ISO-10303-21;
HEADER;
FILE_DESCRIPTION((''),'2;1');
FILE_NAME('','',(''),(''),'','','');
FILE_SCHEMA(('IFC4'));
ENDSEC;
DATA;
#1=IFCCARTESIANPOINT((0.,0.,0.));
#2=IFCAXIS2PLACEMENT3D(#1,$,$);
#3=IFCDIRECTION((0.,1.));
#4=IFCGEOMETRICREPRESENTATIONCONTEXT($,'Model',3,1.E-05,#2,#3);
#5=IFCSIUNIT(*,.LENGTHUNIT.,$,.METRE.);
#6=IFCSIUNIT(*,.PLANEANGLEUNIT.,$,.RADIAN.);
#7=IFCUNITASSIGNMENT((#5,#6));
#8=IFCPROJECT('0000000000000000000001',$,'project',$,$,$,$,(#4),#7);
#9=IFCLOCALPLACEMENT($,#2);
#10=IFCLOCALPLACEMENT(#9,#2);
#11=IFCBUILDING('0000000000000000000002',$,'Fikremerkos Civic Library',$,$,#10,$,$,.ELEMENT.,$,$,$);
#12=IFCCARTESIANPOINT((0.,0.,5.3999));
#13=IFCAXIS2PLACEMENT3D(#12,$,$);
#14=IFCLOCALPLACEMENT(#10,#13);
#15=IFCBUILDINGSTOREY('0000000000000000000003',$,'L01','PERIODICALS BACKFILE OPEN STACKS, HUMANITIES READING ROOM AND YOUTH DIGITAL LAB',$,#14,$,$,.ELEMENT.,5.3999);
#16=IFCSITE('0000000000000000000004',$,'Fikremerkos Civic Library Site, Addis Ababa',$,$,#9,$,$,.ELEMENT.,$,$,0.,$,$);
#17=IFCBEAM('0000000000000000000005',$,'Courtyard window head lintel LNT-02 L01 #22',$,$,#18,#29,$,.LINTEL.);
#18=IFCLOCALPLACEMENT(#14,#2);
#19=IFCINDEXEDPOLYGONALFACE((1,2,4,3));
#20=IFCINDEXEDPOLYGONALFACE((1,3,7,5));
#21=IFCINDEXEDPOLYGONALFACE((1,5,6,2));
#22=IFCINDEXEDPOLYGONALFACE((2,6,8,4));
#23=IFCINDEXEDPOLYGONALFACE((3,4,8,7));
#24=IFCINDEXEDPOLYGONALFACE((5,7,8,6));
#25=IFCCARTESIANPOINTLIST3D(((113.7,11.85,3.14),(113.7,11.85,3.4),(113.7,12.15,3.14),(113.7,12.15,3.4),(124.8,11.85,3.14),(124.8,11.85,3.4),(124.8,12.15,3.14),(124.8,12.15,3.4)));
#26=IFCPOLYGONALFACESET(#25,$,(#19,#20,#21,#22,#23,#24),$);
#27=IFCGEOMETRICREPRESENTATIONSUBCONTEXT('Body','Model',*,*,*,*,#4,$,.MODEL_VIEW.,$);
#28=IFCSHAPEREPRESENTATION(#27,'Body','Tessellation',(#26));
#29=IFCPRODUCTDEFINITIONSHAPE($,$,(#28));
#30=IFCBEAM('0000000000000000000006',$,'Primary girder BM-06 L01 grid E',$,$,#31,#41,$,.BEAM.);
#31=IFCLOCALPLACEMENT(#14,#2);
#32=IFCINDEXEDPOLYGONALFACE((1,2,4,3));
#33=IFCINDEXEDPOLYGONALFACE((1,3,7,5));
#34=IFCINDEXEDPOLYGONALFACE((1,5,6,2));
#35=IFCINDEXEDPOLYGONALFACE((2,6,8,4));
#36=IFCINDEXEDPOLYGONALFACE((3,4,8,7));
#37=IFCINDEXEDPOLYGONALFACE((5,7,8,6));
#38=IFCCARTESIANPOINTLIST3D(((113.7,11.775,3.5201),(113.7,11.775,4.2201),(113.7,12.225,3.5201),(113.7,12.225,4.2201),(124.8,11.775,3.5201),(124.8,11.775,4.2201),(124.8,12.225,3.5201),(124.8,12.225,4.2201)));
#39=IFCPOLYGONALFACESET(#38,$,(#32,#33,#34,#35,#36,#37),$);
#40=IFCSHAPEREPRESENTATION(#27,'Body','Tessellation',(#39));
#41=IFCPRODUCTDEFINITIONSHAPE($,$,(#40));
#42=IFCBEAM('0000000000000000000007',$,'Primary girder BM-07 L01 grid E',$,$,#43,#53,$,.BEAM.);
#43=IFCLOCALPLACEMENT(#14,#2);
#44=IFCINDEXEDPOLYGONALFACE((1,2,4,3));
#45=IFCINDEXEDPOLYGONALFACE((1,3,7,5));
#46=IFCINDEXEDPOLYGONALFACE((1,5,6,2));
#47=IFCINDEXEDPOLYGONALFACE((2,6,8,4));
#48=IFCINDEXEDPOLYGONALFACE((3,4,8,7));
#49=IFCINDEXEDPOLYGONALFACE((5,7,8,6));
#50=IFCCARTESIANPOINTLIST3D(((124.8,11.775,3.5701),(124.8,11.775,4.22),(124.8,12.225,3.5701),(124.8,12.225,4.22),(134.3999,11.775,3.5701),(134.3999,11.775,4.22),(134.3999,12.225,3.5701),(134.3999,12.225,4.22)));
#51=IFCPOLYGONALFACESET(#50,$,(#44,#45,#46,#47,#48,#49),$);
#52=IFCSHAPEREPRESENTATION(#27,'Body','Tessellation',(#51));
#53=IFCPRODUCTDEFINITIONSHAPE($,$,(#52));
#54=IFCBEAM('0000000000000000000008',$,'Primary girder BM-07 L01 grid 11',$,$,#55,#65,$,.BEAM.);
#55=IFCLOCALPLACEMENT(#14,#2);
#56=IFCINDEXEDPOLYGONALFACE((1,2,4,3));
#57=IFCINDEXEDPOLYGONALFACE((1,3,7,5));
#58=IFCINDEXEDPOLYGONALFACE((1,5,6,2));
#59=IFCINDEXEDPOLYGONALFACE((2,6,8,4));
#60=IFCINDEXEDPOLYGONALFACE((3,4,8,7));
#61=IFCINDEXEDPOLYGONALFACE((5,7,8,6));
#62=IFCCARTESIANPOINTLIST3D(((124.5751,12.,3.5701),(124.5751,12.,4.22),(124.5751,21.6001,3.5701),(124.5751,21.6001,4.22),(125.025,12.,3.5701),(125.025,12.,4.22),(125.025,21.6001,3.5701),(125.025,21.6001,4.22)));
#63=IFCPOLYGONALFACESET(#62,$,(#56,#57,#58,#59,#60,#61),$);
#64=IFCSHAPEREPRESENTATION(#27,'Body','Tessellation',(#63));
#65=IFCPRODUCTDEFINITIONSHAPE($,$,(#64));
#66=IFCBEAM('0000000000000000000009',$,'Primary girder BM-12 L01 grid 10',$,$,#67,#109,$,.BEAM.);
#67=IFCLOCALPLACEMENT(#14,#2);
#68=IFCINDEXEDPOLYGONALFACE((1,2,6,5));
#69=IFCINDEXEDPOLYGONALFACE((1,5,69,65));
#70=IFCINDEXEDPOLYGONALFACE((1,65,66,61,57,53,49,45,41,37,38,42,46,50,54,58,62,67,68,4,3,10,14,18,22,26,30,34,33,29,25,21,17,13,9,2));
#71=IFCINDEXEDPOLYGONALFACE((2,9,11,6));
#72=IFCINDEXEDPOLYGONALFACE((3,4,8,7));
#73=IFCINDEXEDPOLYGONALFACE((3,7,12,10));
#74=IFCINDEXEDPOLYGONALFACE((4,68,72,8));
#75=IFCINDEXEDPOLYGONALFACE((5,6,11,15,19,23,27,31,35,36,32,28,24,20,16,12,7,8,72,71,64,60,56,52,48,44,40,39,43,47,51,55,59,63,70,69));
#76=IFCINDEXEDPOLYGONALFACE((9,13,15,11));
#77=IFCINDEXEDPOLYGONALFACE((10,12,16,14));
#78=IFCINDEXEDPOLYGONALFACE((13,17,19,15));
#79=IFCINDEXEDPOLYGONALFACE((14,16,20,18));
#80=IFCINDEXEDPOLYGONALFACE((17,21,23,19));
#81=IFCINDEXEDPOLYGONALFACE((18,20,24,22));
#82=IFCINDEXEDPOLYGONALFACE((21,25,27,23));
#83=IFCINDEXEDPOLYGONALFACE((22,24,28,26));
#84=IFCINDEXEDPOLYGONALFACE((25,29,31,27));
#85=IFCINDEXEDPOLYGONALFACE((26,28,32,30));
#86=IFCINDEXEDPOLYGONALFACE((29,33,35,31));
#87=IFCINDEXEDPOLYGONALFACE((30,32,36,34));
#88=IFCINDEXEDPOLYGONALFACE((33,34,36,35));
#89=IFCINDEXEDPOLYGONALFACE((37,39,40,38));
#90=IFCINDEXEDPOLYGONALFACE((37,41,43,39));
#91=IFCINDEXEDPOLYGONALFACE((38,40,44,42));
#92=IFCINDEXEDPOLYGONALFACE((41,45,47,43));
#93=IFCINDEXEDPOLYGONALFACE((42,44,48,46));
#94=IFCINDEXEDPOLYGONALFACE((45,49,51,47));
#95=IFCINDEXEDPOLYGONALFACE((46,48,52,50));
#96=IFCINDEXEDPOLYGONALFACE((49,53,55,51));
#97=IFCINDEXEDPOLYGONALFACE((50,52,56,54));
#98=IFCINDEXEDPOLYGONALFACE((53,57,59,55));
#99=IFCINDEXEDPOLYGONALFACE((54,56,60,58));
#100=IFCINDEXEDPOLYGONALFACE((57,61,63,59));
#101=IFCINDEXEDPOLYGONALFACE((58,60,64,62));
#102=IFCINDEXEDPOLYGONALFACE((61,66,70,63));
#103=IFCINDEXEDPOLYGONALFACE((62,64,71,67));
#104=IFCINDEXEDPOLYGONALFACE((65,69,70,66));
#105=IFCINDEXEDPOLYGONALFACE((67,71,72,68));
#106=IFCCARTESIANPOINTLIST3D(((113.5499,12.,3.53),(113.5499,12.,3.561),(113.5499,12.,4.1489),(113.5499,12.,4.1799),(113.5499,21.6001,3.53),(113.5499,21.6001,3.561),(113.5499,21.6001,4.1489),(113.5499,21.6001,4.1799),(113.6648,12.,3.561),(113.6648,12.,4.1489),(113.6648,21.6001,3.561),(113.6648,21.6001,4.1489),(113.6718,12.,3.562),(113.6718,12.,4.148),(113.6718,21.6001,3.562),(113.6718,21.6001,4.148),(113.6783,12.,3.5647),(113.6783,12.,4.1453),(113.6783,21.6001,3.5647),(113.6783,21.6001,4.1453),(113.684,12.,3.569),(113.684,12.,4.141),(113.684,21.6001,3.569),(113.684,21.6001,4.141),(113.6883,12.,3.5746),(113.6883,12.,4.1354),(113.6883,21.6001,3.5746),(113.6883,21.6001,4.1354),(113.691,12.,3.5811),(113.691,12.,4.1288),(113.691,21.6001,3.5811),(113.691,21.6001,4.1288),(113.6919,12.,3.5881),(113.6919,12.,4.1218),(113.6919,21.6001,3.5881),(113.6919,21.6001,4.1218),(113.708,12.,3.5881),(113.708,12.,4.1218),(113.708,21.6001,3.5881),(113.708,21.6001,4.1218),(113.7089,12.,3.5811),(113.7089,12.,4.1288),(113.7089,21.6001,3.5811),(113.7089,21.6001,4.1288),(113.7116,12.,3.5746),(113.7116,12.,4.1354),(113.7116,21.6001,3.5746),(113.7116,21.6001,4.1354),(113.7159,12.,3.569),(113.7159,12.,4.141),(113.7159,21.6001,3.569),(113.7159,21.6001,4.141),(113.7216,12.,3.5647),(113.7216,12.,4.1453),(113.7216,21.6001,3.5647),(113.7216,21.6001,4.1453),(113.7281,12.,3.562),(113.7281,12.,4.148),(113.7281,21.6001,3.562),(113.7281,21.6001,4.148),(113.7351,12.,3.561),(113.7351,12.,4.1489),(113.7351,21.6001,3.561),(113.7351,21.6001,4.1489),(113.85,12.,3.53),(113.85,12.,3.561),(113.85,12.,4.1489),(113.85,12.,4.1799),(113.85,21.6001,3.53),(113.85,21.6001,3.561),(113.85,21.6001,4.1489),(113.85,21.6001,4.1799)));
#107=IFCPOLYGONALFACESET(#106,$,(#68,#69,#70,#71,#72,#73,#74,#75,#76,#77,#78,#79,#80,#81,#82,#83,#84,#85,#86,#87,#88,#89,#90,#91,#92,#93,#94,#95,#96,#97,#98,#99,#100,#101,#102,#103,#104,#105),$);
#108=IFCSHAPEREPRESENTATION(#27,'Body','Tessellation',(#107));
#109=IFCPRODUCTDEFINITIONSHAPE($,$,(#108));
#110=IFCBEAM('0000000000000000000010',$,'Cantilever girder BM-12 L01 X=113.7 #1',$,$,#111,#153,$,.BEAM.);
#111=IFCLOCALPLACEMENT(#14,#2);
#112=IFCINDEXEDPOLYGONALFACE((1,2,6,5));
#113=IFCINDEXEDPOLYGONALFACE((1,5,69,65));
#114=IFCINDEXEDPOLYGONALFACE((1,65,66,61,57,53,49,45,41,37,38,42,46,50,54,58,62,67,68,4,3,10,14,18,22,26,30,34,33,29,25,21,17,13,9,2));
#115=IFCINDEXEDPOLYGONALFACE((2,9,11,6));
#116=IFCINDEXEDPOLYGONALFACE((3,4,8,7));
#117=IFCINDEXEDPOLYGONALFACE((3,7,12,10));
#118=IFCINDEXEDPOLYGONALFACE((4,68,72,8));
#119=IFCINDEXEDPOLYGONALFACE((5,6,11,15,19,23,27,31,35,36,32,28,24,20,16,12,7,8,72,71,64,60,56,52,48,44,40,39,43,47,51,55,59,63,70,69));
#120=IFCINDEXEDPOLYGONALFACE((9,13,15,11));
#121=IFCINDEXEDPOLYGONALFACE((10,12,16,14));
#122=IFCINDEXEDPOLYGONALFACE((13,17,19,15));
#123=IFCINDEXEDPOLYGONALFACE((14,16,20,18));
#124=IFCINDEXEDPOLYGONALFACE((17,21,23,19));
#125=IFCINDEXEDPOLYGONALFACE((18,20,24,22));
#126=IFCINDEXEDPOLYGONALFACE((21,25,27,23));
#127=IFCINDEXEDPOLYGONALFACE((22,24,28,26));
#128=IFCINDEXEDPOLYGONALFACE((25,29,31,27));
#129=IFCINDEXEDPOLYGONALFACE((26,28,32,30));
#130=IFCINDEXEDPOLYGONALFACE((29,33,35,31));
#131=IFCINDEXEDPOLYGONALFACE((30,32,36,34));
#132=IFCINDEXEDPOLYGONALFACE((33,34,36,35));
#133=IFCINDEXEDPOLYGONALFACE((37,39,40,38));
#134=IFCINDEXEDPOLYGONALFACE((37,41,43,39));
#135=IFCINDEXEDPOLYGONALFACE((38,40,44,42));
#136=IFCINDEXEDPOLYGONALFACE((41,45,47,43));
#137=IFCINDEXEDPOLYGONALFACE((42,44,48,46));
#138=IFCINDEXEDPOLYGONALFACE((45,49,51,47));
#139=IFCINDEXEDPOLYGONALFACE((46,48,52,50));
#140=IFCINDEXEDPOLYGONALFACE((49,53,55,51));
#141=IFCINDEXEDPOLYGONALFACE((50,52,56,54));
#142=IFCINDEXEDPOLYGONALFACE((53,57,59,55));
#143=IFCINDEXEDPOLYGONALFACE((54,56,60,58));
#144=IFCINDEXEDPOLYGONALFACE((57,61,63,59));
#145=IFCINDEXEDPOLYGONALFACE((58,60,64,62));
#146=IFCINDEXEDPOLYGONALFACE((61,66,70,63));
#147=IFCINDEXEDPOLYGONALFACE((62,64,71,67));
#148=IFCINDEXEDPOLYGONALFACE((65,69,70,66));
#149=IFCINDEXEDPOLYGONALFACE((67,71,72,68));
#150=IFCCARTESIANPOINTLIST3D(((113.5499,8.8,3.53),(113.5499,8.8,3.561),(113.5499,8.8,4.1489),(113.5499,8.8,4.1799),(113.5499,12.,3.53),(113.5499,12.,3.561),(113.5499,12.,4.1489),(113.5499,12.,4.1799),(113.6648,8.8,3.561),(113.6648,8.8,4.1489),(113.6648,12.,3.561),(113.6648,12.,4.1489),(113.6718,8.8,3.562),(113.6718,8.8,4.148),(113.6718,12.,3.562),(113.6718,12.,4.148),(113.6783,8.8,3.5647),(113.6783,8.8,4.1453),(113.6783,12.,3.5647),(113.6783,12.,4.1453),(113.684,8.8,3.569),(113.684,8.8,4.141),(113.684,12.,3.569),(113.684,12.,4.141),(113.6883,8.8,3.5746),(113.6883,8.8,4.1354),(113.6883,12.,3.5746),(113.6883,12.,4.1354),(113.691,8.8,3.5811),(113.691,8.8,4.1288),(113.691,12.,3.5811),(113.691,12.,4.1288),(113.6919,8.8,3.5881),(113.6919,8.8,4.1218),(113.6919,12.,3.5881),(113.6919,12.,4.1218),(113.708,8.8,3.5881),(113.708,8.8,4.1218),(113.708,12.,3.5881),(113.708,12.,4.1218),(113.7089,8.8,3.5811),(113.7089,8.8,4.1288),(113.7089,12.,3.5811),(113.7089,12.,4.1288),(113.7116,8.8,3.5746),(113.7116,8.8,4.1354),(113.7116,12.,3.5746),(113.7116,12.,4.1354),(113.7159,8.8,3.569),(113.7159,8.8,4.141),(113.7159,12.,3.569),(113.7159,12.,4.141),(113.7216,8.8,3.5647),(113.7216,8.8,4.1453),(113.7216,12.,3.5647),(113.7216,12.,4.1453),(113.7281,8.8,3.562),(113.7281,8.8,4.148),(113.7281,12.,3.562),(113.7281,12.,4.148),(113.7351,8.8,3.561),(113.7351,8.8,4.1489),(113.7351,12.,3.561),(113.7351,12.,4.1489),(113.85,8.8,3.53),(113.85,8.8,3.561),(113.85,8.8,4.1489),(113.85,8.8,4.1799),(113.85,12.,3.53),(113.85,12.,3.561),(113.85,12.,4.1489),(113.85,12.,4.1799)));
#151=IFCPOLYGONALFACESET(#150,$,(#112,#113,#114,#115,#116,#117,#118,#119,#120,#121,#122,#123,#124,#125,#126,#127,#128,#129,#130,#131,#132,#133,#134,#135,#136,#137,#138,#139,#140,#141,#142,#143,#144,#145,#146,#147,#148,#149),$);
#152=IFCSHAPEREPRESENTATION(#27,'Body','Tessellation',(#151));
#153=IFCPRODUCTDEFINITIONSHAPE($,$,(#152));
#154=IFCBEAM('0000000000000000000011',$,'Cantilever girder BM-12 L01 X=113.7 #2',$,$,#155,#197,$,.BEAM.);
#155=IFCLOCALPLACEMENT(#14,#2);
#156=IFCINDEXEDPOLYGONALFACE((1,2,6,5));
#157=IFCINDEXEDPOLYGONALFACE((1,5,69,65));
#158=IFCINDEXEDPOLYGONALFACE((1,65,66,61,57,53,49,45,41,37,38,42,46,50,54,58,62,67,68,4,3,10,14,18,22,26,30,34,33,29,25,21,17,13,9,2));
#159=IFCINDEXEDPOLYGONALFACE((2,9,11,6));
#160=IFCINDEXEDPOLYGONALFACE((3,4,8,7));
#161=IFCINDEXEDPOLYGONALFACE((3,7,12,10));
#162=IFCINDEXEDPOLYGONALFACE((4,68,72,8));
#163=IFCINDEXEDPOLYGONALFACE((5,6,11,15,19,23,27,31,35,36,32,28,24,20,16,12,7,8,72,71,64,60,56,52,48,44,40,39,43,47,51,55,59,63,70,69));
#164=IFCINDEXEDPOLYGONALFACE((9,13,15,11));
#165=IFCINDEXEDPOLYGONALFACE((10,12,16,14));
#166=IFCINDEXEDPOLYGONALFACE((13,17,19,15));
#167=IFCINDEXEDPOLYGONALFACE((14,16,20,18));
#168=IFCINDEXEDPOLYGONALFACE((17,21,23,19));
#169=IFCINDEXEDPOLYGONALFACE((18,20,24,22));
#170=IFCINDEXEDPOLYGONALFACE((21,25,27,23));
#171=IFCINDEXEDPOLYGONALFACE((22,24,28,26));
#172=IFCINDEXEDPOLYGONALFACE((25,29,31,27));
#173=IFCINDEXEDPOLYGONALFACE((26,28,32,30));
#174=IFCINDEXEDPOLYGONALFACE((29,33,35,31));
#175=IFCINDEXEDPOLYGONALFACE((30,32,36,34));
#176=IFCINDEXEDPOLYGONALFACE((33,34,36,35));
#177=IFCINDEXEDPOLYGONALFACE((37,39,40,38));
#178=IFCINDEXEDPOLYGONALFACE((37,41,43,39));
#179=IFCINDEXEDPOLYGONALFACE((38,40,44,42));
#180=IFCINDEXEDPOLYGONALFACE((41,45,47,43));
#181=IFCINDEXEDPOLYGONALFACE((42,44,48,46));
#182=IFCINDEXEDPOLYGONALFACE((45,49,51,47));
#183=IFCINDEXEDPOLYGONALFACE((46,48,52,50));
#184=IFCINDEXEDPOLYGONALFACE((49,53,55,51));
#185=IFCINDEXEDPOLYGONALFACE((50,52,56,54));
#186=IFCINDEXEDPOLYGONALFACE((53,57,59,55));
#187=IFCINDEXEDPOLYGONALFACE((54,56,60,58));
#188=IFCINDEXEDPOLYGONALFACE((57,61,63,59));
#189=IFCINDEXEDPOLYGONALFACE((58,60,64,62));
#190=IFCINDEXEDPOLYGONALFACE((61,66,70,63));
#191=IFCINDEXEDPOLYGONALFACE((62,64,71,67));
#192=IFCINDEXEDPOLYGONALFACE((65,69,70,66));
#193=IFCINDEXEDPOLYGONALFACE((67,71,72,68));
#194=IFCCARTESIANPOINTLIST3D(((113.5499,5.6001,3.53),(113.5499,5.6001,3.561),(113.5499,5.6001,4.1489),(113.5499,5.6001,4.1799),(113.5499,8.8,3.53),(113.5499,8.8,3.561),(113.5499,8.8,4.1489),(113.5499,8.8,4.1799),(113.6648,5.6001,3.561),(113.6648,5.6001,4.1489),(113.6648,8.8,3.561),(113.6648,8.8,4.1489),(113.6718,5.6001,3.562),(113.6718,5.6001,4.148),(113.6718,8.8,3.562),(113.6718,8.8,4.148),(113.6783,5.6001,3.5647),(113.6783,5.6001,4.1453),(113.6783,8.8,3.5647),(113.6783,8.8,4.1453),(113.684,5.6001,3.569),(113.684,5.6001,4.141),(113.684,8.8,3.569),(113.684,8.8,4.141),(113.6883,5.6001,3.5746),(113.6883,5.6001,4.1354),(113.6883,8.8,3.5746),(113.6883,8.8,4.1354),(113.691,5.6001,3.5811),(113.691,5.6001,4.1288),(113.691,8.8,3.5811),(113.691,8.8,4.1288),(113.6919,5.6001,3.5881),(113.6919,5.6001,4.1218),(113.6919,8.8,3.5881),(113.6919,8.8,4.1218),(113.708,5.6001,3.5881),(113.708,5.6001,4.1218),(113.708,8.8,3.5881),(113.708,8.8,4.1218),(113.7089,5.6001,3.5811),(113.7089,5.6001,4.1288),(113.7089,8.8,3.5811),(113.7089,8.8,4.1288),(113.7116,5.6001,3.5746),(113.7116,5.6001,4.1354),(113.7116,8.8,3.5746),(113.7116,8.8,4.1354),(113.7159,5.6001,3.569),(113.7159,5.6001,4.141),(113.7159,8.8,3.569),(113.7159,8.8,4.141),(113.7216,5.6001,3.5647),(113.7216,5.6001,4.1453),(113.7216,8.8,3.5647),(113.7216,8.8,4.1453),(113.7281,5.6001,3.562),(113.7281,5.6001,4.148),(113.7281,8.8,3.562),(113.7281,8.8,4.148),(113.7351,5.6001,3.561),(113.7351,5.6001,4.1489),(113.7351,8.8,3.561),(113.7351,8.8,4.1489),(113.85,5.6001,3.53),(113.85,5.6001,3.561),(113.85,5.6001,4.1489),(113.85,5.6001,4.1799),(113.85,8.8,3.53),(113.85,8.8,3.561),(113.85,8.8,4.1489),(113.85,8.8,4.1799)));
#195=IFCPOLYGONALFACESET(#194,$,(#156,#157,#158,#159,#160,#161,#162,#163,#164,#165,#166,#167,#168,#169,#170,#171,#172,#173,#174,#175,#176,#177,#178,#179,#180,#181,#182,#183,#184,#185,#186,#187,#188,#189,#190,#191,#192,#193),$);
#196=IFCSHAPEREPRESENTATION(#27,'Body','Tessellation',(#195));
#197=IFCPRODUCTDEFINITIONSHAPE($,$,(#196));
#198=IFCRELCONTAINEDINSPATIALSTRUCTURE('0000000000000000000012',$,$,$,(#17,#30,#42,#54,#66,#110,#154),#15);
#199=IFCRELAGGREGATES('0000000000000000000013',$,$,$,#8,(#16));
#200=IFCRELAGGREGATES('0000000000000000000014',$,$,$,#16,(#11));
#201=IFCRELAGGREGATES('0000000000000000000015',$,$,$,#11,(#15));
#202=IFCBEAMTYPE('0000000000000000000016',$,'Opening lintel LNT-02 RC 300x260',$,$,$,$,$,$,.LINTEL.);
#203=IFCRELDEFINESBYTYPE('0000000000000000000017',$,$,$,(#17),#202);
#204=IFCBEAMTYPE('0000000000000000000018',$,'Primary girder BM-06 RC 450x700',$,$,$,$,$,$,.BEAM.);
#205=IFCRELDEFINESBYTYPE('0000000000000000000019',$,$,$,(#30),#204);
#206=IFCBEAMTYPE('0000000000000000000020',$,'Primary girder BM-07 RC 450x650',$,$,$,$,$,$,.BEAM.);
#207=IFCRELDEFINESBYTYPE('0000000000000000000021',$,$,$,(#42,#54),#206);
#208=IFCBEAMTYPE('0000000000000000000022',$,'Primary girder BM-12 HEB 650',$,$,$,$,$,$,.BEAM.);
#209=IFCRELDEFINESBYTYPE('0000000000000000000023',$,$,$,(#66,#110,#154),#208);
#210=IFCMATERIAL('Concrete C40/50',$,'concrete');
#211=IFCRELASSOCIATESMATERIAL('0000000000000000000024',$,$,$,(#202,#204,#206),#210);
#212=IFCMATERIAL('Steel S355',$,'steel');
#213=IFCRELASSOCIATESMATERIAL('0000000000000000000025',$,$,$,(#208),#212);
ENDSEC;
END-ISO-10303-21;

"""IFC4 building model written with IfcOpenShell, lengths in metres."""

from ifc_helpers import new_model, si_unit, direction, frame, origin, origin_2d, place, context, subcontext, project, spatial, rectangle, i_section, extrude, material, material_profile, profile_set, type_object, element, save


model = new_model("IFC4")

# Units and contexts
model_context = context("Model", 3, precision=1e-05, world=origin(), true_north=direction((0.0, 1.0)))
body_context = subcontext(model_context, "Body", "Model", "MODEL_VIEW")
ifc_project = project(units=[si_unit("LENGTHUNIT", "METRE"), si_unit("PLANEANGLEUNIT", "RADIAN")], contexts=[model_context])

# Site, building, storey
site_placement = place(None, origin())
site = spatial("IfcSite", under=ifc_project, at=site_placement, Name="Fikremerkos Civic Library Site, Addis Ababa", CompositionType="ELEMENT", RefElevation=0.0)
building_placement = place(site_placement, origin())
building = spatial("IfcBuilding", under=site, at=building_placement, Name="Fikremerkos Civic Library", CompositionType="ELEMENT")
storey_placement = place(building_placement, frame((0.0, 0.0, 5.3999)))
storey = spatial("IfcBuildingStorey", under=building, at=storey_placement, Name="L01", Description="PERIODICALS BACKFILE OPEN STACKS, HUMANITIES READING ROOM AND YOUTH DIGITAL LAB", CompositionType="ELEMENT", Elevation=5.3999)

# Shared definitions
ifc_material_1 = material(Name="Concrete C40/50", Category="concrete")

# Shared definitions
ifc_material_2 = material(Name="Steel S355", Category="steel")

# Beams
ifc_material_profile_1 = material_profile(ifc_material_1, rectangle(XDim=0.3, YDim=0.26, at=origin_2d()), Name="RC 300x260")
ifc_profile_set_1 = profile_set([ifc_material_profile_1], Name="Concrete C40/50")
beam_type_1 = type_object("IfcBeamType", Name="Opening lintel LNT-02 RC 300x260", PredefinedType="LINTEL", material=ifc_profile_set_1)
beam_1_placement = place(storey_placement, frame((124.8, 12.0, 3.27), z_axis=(-1.0, 0.0, 0.0), x_axis=(0.0, -1.0, 0.0)))
element("IfcBeam", 1, at=beam_1_placement, inside=storey, type_object=beam_type_1, Name="Courtyard window head lintel LNT-02 L01 #22", PredefinedType="LINTEL", context=body_context, shape_type="SweptSolid", body=[
    extrude(rectangle(XDim=0.3, YDim=0.26, at=origin_2d()), origin(), (0.0, 0.0, 1.0), 11.1001),
])
ifc_material_profile_2 = material_profile(ifc_material_1, rectangle(XDim=0.45, YDim=0.7, at=origin_2d()), Name="RC 450x700")
ifc_profile_set_2 = profile_set([ifc_material_profile_2], Name="Concrete C40/50")
beam_type_2 = type_object("IfcBeamType", Name="Primary girder BM-06 RC 450x700", PredefinedType="BEAM", material=ifc_profile_set_2)
beam_2_placement = place(storey_placement, frame((113.7, 12.0, 3.8701), z_axis=(1.0, 0.0, 0.0), x_axis=(0.0, 1.0, 0.0)))
element("IfcBeam", 2, at=beam_2_placement, inside=storey, type_object=beam_type_2, Name="Primary girder BM-06 L01 grid E", PredefinedType="BEAM", context=body_context, shape_type="SweptSolid", body=[
    extrude(rectangle(XDim=0.45, YDim=0.7, at=origin_2d()), origin(), (0.0, 0.0, 1.0), 11.1001),
])
ifc_material_profile_3 = material_profile(ifc_material_1, rectangle(XDim=0.45, YDim=0.6499, at=origin_2d()), Name="RC 450x650")
ifc_profile_set_3 = profile_set([ifc_material_profile_3], Name="Concrete C40/50")
beam_type_3 = type_object("IfcBeamType", Name="Primary girder BM-07 RC 450x650", PredefinedType="BEAM", material=ifc_profile_set_3)
beam_3_placement = place(storey_placement, frame((124.8, 12.0, 3.895), z_axis=(1.0, 0.0, 0.0), x_axis=(0.0, 1.0, 0.0)))
element("IfcBeam", 3, at=beam_3_placement, inside=storey, type_object=beam_type_3, Name="Primary girder BM-07 L01 grid E", PredefinedType="BEAM", context=body_context, shape_type="SweptSolid", body=[
    extrude(rectangle(XDim=0.45, YDim=0.6499, at=origin_2d()), origin(), (0.0, 0.0, 1.0), 9.5999),
])
beam_4_placement = place(storey_placement, frame((124.8, 12.0, 3.895), z_axis=(0.0, 1.0, 0.0), x_axis=(-1.0, 0.0, 0.0)))
element("IfcBeam", 4, at=beam_4_placement, inside=storey, type_object=beam_type_3, Name="Primary girder BM-07 L01 grid 11", PredefinedType="BEAM", context=body_context, shape_type="SweptSolid", body=[
    extrude(rectangle(XDim=0.45, YDim=0.6499, at=origin_2d()), origin(), (0.0, 0.0, 1.0), 9.6001),
])
ifc_material_profile_4 = material_profile(ifc_material_2, i_section(OverallWidth=0.3, OverallDepth=0.6499, WebThickness=0.0161, FlangeThickness=0.031, FilletRadius=0.0271, at=origin_2d()), Name="HEB 650")
ifc_profile_set_4 = profile_set([ifc_material_profile_4], Name="Steel S355")
beam_type_4 = type_object("IfcBeamType", Name="Primary girder BM-12 HEB 650", PredefinedType="BEAM", material=ifc_profile_set_4)
beam_5_placement = place(storey_placement, frame((113.7, 12.0, 3.855), z_axis=(0.0, 1.0, 0.0), x_axis=(-1.0, 0.0, 0.0)))
element("IfcBeam", 5, at=beam_5_placement, inside=storey, type_object=beam_type_4, Name="Primary girder BM-12 L01 grid 10", PredefinedType="BEAM", context=body_context, shape_type="SweptSolid", body=[
    extrude(i_section(OverallWidth=0.3, OverallDepth=0.6499, WebThickness=0.0161, FlangeThickness=0.031, FilletRadius=0.0271, at=origin_2d()), origin(), (0.0, 0.0, 1.0), 9.6001),
])
for number, where, z_axis, x_axis, name in (
    (6, (113.7, 12.0, 3.855), (0.0, -1.0, 0.0), (1.0, 0.0, 0.0), "Cantilever girder BM-12 L01 X=113.7 #1"),
    (7, (113.7, 8.8, 3.855), (0.0, -1.0, 0.0), (1.0, 0.0, 0.0), "Cantilever girder BM-12 L01 X=113.7 #2"),
):
    element("IfcBeam", number, at=place(storey_placement, frame(where, z_axis=z_axis, x_axis=x_axis)), inside=storey, type_object=beam_type_4, Name=name, PredefinedType="BEAM", context=body_context, shape_type="SweptSolid", body=[
        extrude(i_section(OverallWidth=0.3, OverallDepth=0.6499, WebThickness=0.0161, FlangeThickness=0.031, FilletRadius=0.0271, at=origin_2d()), origin(), (0.0, 0.0, 1.0), 3.2),
    ])

save(model, "model.ifc")
